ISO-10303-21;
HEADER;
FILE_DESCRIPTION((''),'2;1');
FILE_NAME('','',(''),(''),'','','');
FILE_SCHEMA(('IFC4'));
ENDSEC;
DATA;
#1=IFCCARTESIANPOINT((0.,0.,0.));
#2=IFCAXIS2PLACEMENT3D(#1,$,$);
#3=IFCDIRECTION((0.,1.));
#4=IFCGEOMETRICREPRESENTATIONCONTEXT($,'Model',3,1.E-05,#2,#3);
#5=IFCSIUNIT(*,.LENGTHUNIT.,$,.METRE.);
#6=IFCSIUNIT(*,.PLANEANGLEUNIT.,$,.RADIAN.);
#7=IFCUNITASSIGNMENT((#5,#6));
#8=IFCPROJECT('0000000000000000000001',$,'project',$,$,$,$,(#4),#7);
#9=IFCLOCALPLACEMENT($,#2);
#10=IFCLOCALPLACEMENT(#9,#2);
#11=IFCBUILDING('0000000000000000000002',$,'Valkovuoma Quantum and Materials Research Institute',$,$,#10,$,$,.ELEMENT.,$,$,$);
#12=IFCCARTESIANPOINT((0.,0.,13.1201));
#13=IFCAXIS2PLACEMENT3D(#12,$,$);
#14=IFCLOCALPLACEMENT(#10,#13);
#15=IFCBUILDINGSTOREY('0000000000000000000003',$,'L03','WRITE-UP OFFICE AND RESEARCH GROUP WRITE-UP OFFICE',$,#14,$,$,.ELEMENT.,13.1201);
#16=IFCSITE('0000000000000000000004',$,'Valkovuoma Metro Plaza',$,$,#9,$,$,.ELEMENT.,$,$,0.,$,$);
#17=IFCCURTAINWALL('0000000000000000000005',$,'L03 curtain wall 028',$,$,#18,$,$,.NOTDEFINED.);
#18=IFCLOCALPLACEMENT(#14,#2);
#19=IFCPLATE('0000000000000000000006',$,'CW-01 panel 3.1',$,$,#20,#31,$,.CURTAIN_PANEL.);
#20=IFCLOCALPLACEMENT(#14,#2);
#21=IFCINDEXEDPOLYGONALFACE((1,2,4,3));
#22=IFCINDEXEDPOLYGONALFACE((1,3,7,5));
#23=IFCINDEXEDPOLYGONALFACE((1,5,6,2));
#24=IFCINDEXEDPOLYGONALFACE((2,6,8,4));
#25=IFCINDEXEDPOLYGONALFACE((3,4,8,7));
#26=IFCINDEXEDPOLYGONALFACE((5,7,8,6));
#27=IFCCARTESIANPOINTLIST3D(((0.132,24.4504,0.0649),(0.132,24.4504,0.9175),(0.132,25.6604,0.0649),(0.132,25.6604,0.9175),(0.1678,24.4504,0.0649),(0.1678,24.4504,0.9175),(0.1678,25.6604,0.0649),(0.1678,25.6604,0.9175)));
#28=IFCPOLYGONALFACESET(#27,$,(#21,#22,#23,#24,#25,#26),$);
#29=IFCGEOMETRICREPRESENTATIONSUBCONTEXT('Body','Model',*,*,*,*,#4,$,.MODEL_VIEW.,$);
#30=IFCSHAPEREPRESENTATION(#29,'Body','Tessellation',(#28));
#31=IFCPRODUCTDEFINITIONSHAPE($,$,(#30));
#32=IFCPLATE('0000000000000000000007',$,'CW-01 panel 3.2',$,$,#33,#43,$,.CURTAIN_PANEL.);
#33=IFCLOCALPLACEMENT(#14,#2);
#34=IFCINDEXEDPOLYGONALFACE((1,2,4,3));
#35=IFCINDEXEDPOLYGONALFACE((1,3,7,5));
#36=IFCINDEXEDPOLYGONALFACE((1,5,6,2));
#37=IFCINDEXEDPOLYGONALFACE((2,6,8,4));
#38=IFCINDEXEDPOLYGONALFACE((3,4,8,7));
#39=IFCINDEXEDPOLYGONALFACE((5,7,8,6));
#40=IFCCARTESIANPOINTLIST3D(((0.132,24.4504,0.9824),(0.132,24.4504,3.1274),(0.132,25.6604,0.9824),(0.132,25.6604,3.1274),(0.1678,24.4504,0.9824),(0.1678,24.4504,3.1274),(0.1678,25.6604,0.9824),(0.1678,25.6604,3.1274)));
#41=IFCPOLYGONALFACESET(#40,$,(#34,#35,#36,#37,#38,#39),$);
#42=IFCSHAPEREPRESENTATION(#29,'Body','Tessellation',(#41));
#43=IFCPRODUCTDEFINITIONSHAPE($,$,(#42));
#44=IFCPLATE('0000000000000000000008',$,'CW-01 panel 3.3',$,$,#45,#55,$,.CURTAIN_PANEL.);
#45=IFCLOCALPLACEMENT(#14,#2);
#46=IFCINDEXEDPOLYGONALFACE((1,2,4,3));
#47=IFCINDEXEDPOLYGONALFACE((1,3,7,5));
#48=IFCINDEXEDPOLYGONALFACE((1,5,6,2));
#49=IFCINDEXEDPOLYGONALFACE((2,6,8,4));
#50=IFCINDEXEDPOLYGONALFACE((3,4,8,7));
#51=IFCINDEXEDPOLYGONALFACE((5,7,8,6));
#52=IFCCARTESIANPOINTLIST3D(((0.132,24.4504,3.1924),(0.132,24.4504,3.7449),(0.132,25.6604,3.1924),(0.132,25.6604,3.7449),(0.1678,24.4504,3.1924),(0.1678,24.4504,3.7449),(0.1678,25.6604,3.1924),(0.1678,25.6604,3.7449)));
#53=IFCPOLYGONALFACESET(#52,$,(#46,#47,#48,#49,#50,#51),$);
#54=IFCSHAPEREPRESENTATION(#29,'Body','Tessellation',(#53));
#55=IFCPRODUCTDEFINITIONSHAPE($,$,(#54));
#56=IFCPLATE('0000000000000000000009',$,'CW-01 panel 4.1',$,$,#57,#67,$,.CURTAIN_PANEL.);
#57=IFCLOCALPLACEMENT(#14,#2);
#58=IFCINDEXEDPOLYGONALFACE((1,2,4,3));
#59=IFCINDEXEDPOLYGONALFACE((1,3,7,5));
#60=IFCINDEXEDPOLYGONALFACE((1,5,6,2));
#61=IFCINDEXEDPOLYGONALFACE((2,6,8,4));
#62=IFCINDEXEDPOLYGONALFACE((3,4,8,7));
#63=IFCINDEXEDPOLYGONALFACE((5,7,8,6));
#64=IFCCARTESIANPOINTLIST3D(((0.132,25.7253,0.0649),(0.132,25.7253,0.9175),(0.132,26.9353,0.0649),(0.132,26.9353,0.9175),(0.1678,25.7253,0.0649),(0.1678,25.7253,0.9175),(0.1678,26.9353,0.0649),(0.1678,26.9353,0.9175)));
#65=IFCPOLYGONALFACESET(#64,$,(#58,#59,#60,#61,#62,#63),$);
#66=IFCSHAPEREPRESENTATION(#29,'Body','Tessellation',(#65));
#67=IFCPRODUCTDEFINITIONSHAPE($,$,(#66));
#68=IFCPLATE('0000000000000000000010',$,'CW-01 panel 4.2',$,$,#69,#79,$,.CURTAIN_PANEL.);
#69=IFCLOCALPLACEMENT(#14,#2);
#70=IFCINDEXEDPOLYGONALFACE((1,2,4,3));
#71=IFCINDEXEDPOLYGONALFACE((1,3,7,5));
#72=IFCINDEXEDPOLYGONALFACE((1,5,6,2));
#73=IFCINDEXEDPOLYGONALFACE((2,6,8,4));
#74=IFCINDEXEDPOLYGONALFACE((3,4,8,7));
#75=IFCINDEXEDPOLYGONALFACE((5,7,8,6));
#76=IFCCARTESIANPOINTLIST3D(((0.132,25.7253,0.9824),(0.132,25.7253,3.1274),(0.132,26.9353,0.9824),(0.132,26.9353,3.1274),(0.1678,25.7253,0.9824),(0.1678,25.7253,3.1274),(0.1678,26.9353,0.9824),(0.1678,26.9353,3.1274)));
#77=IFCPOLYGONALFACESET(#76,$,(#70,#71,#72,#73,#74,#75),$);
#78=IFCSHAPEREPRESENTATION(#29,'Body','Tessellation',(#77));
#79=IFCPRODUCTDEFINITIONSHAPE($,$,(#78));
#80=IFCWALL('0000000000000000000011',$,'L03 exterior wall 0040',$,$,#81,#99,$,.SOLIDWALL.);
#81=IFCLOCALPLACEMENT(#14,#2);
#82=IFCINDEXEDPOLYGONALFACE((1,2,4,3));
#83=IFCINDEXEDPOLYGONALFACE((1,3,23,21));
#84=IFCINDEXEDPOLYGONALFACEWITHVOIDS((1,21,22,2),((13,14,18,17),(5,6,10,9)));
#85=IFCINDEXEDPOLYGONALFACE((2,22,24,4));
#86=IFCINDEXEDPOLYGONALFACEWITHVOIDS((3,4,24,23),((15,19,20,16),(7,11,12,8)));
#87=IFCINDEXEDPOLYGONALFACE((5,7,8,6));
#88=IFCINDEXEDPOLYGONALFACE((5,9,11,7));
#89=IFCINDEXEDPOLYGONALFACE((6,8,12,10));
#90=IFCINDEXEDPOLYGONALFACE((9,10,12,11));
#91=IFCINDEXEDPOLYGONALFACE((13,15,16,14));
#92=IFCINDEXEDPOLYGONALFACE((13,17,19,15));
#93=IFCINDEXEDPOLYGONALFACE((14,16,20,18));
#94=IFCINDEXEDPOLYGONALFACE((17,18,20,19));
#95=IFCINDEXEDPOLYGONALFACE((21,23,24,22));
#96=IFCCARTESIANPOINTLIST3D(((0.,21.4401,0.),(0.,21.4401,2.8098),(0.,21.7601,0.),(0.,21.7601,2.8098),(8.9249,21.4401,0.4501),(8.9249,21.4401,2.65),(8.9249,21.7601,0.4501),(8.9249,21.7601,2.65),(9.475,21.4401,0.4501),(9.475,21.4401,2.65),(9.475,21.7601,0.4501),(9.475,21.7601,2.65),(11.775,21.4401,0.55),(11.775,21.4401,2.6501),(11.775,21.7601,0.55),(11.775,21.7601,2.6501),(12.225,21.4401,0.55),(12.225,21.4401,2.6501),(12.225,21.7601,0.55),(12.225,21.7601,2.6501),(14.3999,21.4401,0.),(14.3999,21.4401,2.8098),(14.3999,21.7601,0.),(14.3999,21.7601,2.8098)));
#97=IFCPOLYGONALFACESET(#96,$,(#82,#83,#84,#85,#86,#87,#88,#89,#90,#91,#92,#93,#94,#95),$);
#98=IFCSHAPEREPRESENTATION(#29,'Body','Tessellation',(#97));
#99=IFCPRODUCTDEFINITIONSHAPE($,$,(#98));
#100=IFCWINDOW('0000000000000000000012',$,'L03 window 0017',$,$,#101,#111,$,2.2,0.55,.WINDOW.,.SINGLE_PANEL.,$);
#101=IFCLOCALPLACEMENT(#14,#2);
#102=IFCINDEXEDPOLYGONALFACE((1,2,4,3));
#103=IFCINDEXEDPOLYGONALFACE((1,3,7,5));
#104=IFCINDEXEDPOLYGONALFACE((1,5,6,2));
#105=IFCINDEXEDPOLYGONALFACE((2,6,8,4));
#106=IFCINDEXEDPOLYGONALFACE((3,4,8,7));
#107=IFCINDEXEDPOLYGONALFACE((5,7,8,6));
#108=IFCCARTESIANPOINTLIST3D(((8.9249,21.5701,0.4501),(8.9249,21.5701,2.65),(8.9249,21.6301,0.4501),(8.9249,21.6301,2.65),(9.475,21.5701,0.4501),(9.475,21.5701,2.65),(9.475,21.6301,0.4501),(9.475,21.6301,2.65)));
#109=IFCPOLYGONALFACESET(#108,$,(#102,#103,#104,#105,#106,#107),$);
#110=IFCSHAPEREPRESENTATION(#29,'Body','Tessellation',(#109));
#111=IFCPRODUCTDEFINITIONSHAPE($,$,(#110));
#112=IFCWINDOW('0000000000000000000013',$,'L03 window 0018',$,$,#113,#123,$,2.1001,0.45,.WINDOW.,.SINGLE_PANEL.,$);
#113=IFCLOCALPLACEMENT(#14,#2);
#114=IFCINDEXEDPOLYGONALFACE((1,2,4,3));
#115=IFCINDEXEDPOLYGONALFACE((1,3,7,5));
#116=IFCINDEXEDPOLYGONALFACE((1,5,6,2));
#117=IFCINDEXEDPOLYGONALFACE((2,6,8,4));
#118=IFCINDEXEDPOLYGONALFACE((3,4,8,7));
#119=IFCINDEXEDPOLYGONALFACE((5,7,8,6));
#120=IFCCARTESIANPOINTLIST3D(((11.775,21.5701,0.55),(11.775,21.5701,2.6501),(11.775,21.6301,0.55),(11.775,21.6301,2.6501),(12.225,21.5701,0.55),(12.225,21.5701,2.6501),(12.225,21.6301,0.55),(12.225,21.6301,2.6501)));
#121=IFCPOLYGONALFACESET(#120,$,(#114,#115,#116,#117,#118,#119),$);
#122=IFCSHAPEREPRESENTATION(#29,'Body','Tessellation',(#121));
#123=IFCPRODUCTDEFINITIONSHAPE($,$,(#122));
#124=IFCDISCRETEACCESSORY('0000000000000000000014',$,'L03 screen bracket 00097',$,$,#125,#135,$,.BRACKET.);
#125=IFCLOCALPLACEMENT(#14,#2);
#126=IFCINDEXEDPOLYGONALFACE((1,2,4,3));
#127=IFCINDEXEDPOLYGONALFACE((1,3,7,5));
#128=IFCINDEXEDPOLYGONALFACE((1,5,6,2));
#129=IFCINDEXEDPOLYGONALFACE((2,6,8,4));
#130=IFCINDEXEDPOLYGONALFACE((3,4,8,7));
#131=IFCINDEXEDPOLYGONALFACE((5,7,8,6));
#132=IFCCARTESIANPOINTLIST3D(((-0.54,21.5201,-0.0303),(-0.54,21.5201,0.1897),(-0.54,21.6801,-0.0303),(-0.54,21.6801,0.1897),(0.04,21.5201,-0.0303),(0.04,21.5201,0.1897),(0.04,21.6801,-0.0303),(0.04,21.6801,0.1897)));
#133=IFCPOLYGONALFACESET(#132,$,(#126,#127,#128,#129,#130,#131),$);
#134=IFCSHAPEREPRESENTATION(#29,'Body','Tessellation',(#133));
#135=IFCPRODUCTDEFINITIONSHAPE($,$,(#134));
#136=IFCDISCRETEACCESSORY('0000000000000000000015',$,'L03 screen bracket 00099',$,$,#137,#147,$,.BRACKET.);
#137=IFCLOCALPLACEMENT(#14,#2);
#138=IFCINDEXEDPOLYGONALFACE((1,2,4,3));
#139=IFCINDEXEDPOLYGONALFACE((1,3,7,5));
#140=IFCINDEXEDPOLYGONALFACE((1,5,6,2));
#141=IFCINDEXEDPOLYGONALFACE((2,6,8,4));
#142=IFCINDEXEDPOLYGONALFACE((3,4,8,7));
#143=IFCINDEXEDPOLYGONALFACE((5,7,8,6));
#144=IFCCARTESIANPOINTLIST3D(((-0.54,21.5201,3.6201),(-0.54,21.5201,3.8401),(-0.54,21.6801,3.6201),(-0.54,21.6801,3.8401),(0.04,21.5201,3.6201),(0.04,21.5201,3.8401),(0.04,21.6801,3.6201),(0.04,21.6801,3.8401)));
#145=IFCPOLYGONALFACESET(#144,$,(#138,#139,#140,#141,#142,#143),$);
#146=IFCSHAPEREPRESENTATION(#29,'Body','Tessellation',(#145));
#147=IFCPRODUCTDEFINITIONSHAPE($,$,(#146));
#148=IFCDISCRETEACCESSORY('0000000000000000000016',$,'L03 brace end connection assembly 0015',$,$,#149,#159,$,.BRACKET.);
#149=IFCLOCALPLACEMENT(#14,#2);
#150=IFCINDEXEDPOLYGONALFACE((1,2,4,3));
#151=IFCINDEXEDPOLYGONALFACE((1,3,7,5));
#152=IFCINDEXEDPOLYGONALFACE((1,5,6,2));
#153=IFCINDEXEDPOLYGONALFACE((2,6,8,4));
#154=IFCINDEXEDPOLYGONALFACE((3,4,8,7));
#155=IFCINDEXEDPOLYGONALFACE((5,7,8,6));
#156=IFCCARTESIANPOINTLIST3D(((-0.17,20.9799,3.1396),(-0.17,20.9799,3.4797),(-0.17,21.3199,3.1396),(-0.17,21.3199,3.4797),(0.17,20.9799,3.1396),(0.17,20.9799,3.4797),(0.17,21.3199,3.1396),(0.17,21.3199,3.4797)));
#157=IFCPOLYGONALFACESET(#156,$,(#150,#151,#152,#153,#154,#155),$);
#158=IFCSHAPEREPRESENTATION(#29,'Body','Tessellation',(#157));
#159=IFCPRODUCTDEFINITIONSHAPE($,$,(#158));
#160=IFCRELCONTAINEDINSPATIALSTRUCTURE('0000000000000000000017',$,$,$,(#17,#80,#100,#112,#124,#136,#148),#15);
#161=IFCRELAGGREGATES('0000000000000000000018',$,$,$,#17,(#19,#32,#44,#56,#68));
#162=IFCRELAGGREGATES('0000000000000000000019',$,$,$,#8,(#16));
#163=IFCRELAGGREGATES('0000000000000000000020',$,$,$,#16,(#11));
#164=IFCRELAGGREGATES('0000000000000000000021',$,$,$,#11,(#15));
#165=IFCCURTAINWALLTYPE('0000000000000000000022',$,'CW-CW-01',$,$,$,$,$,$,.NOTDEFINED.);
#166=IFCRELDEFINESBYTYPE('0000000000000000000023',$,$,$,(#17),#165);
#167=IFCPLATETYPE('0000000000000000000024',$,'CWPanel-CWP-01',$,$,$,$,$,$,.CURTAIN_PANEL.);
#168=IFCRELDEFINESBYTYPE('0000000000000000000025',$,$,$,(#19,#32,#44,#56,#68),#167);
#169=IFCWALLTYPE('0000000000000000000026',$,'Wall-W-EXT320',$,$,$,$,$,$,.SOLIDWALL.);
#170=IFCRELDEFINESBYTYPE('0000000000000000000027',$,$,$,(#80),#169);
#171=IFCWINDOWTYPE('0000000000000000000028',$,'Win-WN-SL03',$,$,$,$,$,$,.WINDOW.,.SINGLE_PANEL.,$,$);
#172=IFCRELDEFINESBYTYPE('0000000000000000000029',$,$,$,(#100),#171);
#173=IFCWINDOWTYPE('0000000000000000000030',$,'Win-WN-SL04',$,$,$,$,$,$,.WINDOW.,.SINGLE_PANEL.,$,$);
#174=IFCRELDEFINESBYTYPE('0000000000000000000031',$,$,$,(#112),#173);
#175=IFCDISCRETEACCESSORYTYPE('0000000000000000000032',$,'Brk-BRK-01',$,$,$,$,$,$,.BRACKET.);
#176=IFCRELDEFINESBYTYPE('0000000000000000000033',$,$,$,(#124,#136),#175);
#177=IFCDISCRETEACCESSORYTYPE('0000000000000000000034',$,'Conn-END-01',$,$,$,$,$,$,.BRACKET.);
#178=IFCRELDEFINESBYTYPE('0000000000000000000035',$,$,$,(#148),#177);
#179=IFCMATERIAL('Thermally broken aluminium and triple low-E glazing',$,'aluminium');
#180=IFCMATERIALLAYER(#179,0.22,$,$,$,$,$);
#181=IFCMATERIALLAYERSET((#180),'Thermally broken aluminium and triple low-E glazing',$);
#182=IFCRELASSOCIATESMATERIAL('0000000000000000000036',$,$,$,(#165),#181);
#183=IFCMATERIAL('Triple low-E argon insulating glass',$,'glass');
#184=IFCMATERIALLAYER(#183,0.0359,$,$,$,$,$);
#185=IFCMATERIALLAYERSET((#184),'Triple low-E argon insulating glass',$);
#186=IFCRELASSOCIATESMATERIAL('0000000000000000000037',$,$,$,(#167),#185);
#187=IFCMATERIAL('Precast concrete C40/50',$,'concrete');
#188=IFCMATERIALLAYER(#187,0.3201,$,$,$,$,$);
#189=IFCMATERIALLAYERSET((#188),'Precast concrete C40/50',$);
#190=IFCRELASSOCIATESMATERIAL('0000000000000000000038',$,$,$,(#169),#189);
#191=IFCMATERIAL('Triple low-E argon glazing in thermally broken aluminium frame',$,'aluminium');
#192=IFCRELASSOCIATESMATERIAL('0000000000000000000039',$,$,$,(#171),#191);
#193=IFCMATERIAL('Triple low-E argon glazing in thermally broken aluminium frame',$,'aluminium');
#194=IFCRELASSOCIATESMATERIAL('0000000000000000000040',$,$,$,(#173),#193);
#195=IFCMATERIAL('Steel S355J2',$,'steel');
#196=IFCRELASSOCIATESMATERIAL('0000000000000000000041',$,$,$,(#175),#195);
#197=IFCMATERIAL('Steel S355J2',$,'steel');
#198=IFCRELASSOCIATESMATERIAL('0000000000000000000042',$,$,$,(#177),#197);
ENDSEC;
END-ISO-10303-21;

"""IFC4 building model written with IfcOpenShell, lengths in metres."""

from ifc_helpers import new_model, si_unit, direction, frame, frame_2d, origin, origin_2d, place, context, subcontext, project, spatial, rectangle, extrude, material, layer, layer_set, type_object, element, fill, aggregate, save


model = new_model("IFC4")

# Units and contexts
model_context = context("Model", 3, precision=1e-05, world=origin(), true_north=direction((0.0, 1.0)))
body_context = subcontext(model_context, "Body", "Model", "MODEL_VIEW")
ifc_project = project(units=[si_unit("LENGTHUNIT", "METRE"), si_unit("PLANEANGLEUNIT", "RADIAN")], contexts=[model_context])

# Site, building, storey
site_placement = place(None, origin())
site = spatial("IfcSite", under=ifc_project, at=site_placement, Name="Valkovuoma Metro Plaza", CompositionType="ELEMENT", RefElevation=0.0)
building_placement = place(site_placement, origin())
building = spatial("IfcBuilding", under=site, at=building_placement, Name="Valkovuoma Quantum and Materials Research Institute", CompositionType="ELEMENT")
storey_placement = place(building_placement, frame((0.0, 0.0, 13.1201)))
storey = spatial("IfcBuildingStorey", under=building, at=storey_placement, Name="L03", Description="WRITE-UP OFFICE AND RESEARCH GROUP WRITE-UP OFFICE", CompositionType="ELEMENT", Elevation=13.1201)

# Curtain wall, plates
ifc_material_1 = material(Name="Thermally broken aluminium and triple low-E glazing", Category="aluminium")
ifc_layer_1 = layer(ifc_material_1, 0.22)
ifc_layer_set_1 = layer_set([ifc_layer_1], Name="Thermally broken aluminium and triple low-E glazing")
curtain_wall_type = type_object("IfcCurtainWallType", Name="CW-CW-01", PredefinedType="NOTDEFINED", material=ifc_layer_set_1)
curtain_wall_placement = place(storey_placement, origin())
curtain_wall = element("IfcCurtainWall", 1, at=curtain_wall_placement, inside=storey, type_object=curtain_wall_type, Name="L03 curtain wall 028", PredefinedType="NOTDEFINED")
ifc_material_2 = material(Name="Triple low-E argon insulating glass", Category="glass")
ifc_layer_2 = layer(ifc_material_2, 0.0359)
ifc_layer_set_2 = layer_set([ifc_layer_2], Name="Triple low-E argon insulating glass")
plate_type = type_object("IfcPlateType", Name="CWPanel-CWP-01", PredefinedType="CURTAIN_PANEL", material=ifc_layer_set_2)
plate_1_placement = place(storey_placement, frame((0.1499, 25.0554, 0.0649), z_axis=(0.0, 0.0, 1.0), x_axis=(0.0, 1.0, 0.0)))
plate_1 = element("IfcPlate", 2, at=plate_1_placement, type_object=plate_type, Name="CW-01 panel 3.1", PredefinedType="CURTAIN_PANEL", context=body_context, shape_type="SweptSolid", body=[
    extrude(rectangle(XDim=1.21, YDim=0.0359, at=origin_2d()), origin(), (0.0, 0.0, 1.0), 0.8525),
])
plate_2_placement = place(storey_placement, frame((0.1499, 25.0554, 0.9824), z_axis=(0.0, 0.0, 1.0), x_axis=(0.0, 1.0, 0.0)))
plate_2 = element("IfcPlate", 3, at=plate_2_placement, type_object=plate_type, Name="CW-01 panel 3.2", PredefinedType="CURTAIN_PANEL", context=body_context, shape_type="SweptSolid", body=[
    extrude(rectangle(XDim=1.21, YDim=0.0359, at=origin_2d()), origin(), (0.0, 0.0, 1.0), 2.145),
])
plate_3_placement = place(storey_placement, frame((0.1499, 25.0554, 3.1924), z_axis=(0.0, 0.0, 1.0), x_axis=(0.0, 1.0, 0.0)))
plate_3 = element("IfcPlate", 4, at=plate_3_placement, type_object=plate_type, Name="CW-01 panel 3.3", PredefinedType="CURTAIN_PANEL", context=body_context, shape_type="SweptSolid", body=[
    extrude(rectangle(XDim=1.21, YDim=0.0359, at=origin_2d()), origin(), (0.0, 0.0, 1.0), 0.5525),
])
plate_4_placement = place(storey_placement, frame((0.1499, 26.3303, 0.0649), z_axis=(0.0, 0.0, 1.0), x_axis=(0.0, 1.0, 0.0)))
plate_4 = element("IfcPlate", 5, at=plate_4_placement, type_object=plate_type, Name="CW-01 panel 4.1", PredefinedType="CURTAIN_PANEL", context=body_context, shape_type="SweptSolid", body=[
    extrude(rectangle(XDim=1.21, YDim=0.0359, at=origin_2d()), origin(), (0.0, 0.0, 1.0), 0.8525),
])
plate_5_placement = place(storey_placement, frame((0.1499, 26.3303, 0.9824), z_axis=(0.0, 0.0, 1.0), x_axis=(0.0, 1.0, 0.0)))
plate_5 = element("IfcPlate", 6, at=plate_5_placement, type_object=plate_type, Name="CW-01 panel 4.2", PredefinedType="CURTAIN_PANEL", context=body_context, shape_type="SweptSolid", body=[
    extrude(rectangle(XDim=1.21, YDim=0.0359, at=origin_2d()), origin(), (0.0, 0.0, 1.0), 2.145),
])
aggregate(curtain_wall, [plate_1, plate_2, plate_3, plate_4, plate_5])

# Wall, openings, windows
ifc_material_3 = material(Name="Precast concrete C40/50", Category="concrete")
ifc_layer_3 = layer(ifc_material_3, 0.3201)
ifc_layer_set_3 = layer_set([ifc_layer_3], Name="Precast concrete C40/50")
wall_type = type_object("IfcWallType", Name="Wall-W-EXT320", PredefinedType="SOLIDWALL", material=ifc_layer_set_3)
wall_placement = place(storey_placement, frame((0.0, 21.6001, 0.0), z_axis=(0.0, 0.0, 1.0), x_axis=(1.0, 0.0, 0.0)))
wall = element("IfcWall", 7, at=wall_placement, inside=storey, type_object=wall_type, Name="L03 exterior wall 0040", PredefinedType="SOLIDWALL", context=body_context, shape_type="SweptSolid", body=[
    extrude(rectangle(XDim=14.3999, YDim=0.3201, at=frame_2d((7.2, 0.0))), origin(), (0.0, 0.0, 1.0), 2.8098),
])
opening_1_placement = place(wall_placement, frame((8.925, 0.0, 0.45)))
opening_1 = element("IfcOpeningElement", 8, at=opening_1_placement, cuts=wall, PredefinedType="OPENING", context=body_context, shape_type="SweptSolid", body=[
    extrude(rectangle(XDim=0.55, YDim=2.2, at=frame_2d((0.2749, 1.1001))), frame((0.0, 0.1699, 0.0), z_axis=(0.0, -1.0, 0.0), x_axis=(1.0, 0.0, 0.0)), (0.0, 0.0, 1.0), 0.3401),
])
opening_2_placement = place(wall_placement, frame((11.7749, 0.0, 0.55)))
opening_2 = element("IfcOpeningElement", 9, at=opening_2_placement, cuts=wall, PredefinedType="OPENING", context=body_context, shape_type="SweptSolid", body=[
    extrude(rectangle(XDim=0.45, YDim=2.1001, at=frame_2d((0.2251, 1.05))), frame((0.0, 0.1699, 0.0), z_axis=(0.0, -1.0, 0.0), x_axis=(1.0, 0.0, 0.0)), (0.0, 0.0, 1.0), 0.3401),
])
ifc_material_4 = material(Name="Triple low-E argon glazing in thermally broken aluminium frame", Category="aluminium")
window_type_1 = type_object("IfcWindowType", Name="Win-WN-SL03", PartitioningType="SINGLE_PANEL", PredefinedType="WINDOW", material=ifc_material_4)
window_1_placement = place(opening_1_placement, origin())
window_1 = element("IfcWindow", 10, at=window_1_placement, inside=storey, type_object=window_type_1, Name="L03 window 0017", OverallHeight=2.2, OverallWidth=0.55, PartitioningType="SINGLE_PANEL", PredefinedType="WINDOW", context=body_context, shape_type="SweptSolid", body=[
    extrude(rectangle(XDim=0.55, YDim=2.2, at=frame_2d((0.2749, 1.1001))), frame((0.0, 0.03, 0.0), z_axis=(0.0, -1.0, 0.0), x_axis=(1.0, 0.0, 0.0)), (0.0, 0.0, 1.0), 0.0601),
])
fill(opening_1, window_1)
ifc_material_5 = material(Name="Triple low-E argon glazing in thermally broken aluminium frame", Category="aluminium")
window_type_2 = type_object("IfcWindowType", Name="Win-WN-SL04", PartitioningType="SINGLE_PANEL", PredefinedType="WINDOW", material=ifc_material_5)
window_2_placement = place(opening_2_placement, origin())
window_2 = element("IfcWindow", 11, at=window_2_placement, inside=storey, type_object=window_type_2, Name="L03 window 0018", OverallHeight=2.1001, OverallWidth=0.45, PartitioningType="SINGLE_PANEL", PredefinedType="WINDOW", context=body_context, shape_type="SweptSolid", body=[
    extrude(rectangle(XDim=0.45, YDim=2.1001, at=frame_2d((0.2251, 1.05))), frame((0.0, 0.03, 0.0), z_axis=(0.0, -1.0, 0.0), x_axis=(1.0, 0.0, 0.0)), (0.0, 0.0, 1.0), 0.0601),
])
fill(opening_2, window_2)

# Discrete accessories
ifc_material_6 = material(Name="Steel S355J2", Category="steel")
discrete_accessory_type_1 = type_object("IfcDiscreteAccessoryType", Name="Brk-BRK-01", PredefinedType="BRACKET", material=ifc_material_6)
for number, where, z_axis, x_axis, name in (
    (12, (-0.25, 21.6001, -0.0303), (0.0, 0.0, 1.0), (1.0, 0.0, 0.0), "L03 screen bracket 00097"),
    (13, (-0.25, 21.6001, 3.6201), (0.0, 0.0, 1.0), (1.0, 0.0, 0.0), "L03 screen bracket 00099"),
):
    element("IfcDiscreteAccessory", number, at=place(storey_placement, frame(where, z_axis=z_axis, x_axis=x_axis)), inside=storey, type_object=discrete_accessory_type_1, Name=name, PredefinedType="BRACKET", context=body_context, shape_type="SweptSolid", body=[
        extrude(rectangle(XDim=0.5801, YDim=0.1599, at=origin_2d()), origin(), (0.0, 0.0, 1.0), 0.22),
    ])
ifc_material_7 = material(Name="Steel S355J2", Category="steel")
discrete_accessory_type_2 = type_object("IfcDiscreteAccessoryType", Name="Conn-END-01", PredefinedType="BRACKET", material=ifc_material_7)
discrete_accessory_placement = place(storey_placement, frame((0.0, 21.1499, 3.1396), z_axis=(0.0, 0.0, 1.0), x_axis=(1.0, 0.0, 0.0)))
element("IfcDiscreteAccessory", 14, at=discrete_accessory_placement, inside=storey, type_object=discrete_accessory_type_2, Name="L03 brace end connection assembly 0015", PredefinedType="BRACKET", context=body_context, shape_type="SweptSolid", body=[
    extrude(rectangle(XDim=0.3401, YDim=0.3401, at=origin_2d()), origin(), (0.0, 0.0, 1.0), 0.3401),
])

save(model, "model.ifc")
